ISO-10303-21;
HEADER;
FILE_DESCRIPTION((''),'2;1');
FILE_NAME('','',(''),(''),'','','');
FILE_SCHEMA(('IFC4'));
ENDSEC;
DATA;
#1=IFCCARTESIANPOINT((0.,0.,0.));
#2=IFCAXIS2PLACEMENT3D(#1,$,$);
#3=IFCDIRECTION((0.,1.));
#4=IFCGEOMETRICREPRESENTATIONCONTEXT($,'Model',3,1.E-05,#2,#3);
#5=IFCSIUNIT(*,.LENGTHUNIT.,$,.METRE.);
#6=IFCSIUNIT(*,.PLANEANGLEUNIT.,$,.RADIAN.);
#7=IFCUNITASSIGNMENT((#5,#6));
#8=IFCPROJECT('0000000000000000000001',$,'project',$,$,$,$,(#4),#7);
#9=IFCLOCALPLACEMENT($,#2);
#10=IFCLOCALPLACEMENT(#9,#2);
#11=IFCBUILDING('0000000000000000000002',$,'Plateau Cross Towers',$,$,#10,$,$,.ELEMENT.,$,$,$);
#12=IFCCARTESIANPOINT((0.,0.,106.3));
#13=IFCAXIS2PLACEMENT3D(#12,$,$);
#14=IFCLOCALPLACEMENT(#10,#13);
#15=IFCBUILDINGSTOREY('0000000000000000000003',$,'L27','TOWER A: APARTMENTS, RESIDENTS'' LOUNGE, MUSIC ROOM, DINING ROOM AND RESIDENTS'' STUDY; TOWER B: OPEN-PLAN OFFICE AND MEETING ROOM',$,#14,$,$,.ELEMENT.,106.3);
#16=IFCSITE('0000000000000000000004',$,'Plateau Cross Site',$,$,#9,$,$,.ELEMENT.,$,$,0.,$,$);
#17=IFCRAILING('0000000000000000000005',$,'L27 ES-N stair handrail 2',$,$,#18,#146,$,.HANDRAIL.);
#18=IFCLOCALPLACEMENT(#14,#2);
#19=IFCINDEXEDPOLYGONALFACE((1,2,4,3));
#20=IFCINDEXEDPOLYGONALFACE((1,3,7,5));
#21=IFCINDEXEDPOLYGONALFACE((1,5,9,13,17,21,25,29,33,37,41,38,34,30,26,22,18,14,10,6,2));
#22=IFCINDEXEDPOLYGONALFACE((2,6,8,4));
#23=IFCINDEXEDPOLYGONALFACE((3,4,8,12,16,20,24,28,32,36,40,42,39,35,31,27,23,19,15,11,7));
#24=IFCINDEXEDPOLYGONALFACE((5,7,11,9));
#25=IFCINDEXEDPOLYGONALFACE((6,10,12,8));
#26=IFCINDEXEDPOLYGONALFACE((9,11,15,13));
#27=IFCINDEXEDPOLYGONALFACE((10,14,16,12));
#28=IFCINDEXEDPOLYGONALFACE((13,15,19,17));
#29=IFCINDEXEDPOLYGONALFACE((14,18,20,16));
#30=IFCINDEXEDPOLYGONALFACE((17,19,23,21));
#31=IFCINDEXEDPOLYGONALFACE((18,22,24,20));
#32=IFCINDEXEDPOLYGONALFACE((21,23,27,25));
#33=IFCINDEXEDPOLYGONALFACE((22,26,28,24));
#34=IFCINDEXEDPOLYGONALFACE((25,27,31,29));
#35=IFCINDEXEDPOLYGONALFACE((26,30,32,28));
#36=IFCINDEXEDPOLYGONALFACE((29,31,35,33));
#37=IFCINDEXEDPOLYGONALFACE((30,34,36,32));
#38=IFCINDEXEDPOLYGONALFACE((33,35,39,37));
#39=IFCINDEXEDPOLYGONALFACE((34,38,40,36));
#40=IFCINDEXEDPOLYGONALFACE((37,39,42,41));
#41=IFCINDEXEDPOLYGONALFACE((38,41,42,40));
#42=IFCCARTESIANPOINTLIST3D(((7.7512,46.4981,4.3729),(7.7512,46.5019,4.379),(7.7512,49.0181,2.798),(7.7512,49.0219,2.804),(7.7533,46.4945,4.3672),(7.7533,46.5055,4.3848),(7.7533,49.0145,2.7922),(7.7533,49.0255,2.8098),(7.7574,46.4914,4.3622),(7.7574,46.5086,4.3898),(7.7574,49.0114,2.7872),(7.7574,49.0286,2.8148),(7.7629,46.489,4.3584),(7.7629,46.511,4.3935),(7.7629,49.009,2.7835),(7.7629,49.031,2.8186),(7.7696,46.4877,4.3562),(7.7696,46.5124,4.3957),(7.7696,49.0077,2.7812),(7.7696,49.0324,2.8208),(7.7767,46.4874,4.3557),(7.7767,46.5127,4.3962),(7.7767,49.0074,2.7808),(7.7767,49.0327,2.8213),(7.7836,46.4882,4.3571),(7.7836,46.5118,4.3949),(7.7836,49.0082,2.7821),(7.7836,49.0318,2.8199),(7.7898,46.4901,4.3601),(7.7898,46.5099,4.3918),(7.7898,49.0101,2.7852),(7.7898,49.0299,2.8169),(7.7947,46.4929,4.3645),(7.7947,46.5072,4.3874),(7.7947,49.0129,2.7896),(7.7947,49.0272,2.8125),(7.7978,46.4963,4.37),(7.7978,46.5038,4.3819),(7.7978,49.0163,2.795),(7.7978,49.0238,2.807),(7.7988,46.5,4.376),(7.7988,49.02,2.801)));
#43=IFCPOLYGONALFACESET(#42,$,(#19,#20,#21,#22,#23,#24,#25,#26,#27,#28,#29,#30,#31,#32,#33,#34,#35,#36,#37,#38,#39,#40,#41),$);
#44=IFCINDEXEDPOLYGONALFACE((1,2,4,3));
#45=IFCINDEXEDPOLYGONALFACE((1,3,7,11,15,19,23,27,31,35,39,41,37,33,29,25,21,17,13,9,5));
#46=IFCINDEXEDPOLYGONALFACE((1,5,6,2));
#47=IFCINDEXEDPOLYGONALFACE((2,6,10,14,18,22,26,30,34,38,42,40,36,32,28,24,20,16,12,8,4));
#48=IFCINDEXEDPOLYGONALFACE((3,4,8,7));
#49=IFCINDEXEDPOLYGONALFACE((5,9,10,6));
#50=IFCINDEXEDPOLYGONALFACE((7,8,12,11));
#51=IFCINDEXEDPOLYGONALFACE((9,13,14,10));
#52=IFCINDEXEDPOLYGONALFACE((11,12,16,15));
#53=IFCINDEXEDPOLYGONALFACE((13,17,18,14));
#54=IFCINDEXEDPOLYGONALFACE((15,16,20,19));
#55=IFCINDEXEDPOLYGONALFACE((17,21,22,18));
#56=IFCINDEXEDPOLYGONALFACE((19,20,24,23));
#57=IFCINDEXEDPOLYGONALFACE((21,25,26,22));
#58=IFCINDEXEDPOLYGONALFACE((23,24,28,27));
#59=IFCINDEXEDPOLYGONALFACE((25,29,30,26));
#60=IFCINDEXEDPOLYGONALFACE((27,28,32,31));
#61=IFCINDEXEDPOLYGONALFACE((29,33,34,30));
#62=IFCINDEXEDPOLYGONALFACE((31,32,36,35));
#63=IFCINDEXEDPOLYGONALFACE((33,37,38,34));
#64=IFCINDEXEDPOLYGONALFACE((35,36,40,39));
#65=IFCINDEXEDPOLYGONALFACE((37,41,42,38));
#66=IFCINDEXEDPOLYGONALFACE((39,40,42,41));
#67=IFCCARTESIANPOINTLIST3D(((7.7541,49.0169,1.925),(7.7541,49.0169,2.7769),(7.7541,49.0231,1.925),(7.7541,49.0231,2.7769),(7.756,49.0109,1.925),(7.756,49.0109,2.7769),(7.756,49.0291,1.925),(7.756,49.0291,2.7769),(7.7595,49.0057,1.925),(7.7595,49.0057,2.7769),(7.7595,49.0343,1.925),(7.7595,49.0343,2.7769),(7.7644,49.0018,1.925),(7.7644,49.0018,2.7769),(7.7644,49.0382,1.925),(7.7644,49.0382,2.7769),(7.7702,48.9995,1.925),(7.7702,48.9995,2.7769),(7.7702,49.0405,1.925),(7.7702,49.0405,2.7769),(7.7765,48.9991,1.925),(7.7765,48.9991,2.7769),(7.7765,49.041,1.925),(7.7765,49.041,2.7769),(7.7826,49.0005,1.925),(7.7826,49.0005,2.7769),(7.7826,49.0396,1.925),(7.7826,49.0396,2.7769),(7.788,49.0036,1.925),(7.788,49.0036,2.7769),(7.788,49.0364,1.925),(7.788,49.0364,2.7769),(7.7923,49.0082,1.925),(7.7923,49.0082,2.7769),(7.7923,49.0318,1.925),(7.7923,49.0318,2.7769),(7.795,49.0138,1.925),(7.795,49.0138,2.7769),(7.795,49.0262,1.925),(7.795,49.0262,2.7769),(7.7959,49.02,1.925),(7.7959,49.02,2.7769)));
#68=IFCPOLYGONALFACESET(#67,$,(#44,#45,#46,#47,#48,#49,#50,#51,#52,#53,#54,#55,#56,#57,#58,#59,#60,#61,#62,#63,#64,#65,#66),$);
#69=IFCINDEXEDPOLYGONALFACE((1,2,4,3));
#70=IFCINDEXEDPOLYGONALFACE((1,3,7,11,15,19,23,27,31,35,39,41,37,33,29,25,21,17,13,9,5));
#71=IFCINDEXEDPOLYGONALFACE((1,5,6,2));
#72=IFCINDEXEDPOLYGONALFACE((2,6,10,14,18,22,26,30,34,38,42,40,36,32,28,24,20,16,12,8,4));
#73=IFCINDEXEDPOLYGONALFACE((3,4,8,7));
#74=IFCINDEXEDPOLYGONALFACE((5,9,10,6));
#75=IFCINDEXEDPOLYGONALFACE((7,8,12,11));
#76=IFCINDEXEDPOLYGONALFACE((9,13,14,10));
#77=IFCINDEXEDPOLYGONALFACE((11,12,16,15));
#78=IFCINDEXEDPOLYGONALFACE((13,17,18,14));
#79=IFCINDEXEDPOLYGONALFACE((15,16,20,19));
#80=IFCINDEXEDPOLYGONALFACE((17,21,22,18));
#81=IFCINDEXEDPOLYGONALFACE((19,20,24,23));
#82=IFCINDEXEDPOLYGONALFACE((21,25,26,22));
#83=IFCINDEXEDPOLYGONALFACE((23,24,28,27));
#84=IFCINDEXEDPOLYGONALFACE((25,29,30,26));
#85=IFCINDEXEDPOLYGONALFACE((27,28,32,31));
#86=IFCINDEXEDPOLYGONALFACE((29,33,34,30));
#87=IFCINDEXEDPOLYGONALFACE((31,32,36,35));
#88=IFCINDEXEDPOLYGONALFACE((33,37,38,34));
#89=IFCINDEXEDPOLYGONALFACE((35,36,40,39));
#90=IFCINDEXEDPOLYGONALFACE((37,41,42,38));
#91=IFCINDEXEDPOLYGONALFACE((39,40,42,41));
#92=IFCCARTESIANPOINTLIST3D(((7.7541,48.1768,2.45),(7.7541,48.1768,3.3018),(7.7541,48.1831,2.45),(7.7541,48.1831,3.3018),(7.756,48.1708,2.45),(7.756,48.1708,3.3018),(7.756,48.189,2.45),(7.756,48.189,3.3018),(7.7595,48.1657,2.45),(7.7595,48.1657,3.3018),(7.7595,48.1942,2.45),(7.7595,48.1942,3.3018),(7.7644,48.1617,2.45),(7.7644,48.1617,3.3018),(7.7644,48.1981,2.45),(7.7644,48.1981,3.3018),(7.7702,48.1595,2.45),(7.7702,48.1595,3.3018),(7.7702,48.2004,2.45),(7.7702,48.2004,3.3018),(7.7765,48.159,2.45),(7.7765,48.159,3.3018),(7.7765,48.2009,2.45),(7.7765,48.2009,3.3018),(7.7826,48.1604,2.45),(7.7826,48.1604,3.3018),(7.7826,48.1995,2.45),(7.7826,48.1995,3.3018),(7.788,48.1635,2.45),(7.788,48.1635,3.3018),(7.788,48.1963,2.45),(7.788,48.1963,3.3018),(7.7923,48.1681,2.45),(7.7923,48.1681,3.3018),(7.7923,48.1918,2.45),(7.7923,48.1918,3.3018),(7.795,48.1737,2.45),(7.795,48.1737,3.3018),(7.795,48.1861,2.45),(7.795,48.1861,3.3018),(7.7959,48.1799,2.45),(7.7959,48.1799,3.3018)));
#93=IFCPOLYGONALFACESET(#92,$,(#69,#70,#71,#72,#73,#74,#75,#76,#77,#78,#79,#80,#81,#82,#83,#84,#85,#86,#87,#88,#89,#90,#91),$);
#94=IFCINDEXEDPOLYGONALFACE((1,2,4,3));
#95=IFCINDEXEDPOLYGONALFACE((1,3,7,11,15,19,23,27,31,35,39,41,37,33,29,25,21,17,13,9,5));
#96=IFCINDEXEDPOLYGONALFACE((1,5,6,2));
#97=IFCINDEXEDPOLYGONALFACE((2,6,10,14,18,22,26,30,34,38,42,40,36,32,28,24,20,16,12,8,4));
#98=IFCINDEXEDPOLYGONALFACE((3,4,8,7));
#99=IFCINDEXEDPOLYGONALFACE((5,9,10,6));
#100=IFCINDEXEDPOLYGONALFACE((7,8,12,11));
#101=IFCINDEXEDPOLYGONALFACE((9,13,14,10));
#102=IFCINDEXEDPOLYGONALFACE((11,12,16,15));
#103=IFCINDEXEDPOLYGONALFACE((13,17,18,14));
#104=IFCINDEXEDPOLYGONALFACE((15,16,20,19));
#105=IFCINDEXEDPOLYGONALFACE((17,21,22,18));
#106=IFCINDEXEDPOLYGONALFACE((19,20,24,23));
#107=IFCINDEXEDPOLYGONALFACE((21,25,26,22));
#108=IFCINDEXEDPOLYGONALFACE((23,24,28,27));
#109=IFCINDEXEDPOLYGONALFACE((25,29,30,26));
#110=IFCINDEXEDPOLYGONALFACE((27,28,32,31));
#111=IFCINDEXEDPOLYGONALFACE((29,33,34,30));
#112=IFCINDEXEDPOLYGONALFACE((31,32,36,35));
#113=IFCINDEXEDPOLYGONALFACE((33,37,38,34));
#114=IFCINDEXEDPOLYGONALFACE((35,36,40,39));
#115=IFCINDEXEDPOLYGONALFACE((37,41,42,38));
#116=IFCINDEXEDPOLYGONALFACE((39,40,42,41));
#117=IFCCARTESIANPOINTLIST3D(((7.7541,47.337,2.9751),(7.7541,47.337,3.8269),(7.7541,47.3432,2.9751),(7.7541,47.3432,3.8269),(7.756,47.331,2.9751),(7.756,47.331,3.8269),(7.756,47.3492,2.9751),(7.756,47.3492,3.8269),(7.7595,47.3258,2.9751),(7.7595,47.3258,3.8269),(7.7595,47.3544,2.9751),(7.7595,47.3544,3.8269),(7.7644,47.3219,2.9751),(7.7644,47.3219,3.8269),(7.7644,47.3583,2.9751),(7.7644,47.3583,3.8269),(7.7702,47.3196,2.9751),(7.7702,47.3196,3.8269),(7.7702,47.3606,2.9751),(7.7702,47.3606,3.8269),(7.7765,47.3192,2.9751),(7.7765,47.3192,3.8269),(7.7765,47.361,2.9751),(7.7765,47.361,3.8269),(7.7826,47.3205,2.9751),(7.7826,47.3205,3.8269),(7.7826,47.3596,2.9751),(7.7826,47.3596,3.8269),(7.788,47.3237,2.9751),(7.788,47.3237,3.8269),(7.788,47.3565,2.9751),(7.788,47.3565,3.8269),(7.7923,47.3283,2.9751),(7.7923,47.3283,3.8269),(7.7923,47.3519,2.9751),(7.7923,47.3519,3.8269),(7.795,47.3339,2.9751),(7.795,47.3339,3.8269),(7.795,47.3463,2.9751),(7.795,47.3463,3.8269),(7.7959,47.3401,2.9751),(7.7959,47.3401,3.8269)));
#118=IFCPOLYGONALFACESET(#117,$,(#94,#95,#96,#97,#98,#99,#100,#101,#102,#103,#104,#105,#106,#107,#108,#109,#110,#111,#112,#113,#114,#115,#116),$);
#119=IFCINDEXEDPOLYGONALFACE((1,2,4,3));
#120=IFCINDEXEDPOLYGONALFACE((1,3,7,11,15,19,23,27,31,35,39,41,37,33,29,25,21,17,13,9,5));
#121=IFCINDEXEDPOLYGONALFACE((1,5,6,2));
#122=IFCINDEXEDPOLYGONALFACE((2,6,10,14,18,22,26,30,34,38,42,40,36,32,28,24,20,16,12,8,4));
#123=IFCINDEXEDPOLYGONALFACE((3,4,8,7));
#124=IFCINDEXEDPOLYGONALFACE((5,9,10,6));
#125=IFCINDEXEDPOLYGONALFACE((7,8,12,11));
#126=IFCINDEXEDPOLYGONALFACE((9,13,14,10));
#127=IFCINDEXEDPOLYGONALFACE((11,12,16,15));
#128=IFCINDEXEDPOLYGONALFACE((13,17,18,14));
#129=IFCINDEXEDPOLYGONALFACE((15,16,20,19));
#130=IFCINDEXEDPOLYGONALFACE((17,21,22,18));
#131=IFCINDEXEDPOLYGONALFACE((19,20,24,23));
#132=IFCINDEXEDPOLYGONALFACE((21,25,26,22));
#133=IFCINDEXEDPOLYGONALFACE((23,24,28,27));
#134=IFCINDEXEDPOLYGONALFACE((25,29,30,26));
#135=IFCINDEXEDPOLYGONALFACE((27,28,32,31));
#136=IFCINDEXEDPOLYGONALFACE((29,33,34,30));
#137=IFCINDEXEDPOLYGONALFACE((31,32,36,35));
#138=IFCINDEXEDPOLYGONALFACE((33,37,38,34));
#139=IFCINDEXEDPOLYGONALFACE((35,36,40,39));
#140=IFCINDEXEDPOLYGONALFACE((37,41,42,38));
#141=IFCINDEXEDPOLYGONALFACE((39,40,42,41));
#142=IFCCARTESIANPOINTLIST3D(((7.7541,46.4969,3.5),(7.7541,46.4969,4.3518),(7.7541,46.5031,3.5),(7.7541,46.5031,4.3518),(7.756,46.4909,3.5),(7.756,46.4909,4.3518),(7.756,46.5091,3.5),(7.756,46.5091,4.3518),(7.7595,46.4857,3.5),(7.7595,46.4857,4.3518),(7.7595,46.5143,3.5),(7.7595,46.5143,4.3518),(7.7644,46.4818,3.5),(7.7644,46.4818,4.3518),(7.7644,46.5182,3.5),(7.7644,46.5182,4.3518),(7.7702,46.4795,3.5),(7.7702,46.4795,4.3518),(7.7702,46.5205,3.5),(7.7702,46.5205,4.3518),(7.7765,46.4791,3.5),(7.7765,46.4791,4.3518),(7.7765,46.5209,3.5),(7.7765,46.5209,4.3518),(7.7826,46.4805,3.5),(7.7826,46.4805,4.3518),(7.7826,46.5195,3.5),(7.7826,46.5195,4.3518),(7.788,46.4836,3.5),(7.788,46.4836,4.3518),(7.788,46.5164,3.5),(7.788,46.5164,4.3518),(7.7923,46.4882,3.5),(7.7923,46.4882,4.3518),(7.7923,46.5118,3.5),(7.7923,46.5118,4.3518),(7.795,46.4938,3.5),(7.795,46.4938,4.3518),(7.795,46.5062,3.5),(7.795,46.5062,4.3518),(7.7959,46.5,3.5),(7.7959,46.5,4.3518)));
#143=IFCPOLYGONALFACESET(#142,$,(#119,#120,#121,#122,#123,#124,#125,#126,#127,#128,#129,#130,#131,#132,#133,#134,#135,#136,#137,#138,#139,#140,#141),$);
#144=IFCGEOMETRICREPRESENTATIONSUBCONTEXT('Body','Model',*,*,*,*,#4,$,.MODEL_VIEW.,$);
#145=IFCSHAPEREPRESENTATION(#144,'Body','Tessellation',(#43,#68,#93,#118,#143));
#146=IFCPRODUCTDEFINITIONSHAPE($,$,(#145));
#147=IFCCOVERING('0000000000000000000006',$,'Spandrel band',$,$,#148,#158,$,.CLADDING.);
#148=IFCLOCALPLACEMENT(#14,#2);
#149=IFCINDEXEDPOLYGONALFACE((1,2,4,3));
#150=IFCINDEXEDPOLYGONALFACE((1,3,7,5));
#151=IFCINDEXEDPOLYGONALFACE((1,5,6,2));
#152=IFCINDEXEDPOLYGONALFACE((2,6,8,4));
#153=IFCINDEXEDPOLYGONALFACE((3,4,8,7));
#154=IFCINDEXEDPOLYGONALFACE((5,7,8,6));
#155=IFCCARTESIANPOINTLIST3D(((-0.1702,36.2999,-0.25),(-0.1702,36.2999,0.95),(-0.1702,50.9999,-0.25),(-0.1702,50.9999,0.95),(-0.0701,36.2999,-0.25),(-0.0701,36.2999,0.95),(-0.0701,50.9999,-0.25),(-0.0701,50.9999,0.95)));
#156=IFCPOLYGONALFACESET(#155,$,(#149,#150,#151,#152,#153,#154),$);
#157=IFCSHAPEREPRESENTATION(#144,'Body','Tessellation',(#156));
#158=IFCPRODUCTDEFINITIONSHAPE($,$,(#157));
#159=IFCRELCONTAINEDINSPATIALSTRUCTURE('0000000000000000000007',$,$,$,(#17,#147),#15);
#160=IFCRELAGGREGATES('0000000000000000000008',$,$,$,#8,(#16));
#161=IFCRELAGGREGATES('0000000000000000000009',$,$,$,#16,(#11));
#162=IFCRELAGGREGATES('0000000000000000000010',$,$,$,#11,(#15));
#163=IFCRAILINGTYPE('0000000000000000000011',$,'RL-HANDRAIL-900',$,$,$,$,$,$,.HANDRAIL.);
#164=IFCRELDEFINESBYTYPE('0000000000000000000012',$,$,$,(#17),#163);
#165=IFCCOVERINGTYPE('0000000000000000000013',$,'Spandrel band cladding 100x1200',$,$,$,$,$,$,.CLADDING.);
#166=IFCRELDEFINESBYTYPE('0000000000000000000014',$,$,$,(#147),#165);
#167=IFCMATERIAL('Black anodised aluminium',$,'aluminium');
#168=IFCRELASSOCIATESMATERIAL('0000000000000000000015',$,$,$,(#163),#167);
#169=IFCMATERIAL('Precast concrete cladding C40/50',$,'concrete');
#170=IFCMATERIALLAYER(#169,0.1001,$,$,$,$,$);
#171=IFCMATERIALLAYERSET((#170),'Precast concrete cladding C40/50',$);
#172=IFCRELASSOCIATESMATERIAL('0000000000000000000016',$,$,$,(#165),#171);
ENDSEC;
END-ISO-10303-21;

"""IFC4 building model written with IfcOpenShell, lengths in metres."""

from ifc_helpers import new_model, si_unit, direction, frame, origin, origin_2d, place, context, subcontext, project, spatial, rectangle, circle, extrude, material, layer, layer_set, type_object, element, save


model = new_model("IFC4")

# Units and contexts
model_context = context("Model", 3, precision=1e-05, world=origin(), true_north=direction((0.0, 1.0)))
body_context = subcontext(model_context, "Body", "Model", "MODEL_VIEW")
ifc_project = project(units=[si_unit("LENGTHUNIT", "METRE"), si_unit("PLANEANGLEUNIT", "RADIAN")], contexts=[model_context])

# Site, building, storey
site_placement = place(None, origin())
site = spatial("IfcSite", under=ifc_project, at=site_placement, Name="Plateau Cross Site", CompositionType="ELEMENT", RefElevation=0.0)
building_placement = place(site_placement, origin())
building = spatial("IfcBuilding", under=site, at=building_placement, Name="Plateau Cross Towers", CompositionType="ELEMENT")
storey_placement = place(building_placement, frame((0.0, 0.0, 106.3)))
storey = spatial("IfcBuildingStorey", under=building, at=storey_placement, Name="L27", Description="TOWER A: APARTMENTS, RESIDENTS' LOUNGE, MUSIC ROOM, DINING ROOM AND RESIDENTS' STUDY; TOWER B: OPEN-PLAN OFFICE AND MEETING ROOM", CompositionType="ELEMENT", Elevation=106.3)

# Shared definitions
ifc_material_1 = material(Name="Black anodised aluminium", Category="aluminium")

# Railing
railing_type_1 = type_object("IfcRailingType", Name="RL-HANDRAIL-900", PredefinedType="HANDRAIL", material=ifc_material_1)
railing_1_placement = place(storey_placement, frame((7.7749, 49.02, 1.925)))
element("IfcRailing", 1, at=railing_1_placement, inside=storey, type_object=railing_type_1, Name="L27 ES-N stair handrail 2", PredefinedType="HANDRAIL", context=body_context, shape_type="SweptSolid", body=[
    extrude(circle(Radius=0.0239, at=origin_2d()), frame((0.0, 0.0, 0.876), z_axis=(0.0, -0.848008, 0.529984), x_axis=(1.0, 0.0, 0.0)), (0.0, 0.0, 1.0), 2.9717),
    extrude(circle(Radius=0.021, at=origin_2d()), origin(), (0.0, 0.0, 1.0), 0.8518),
    extrude(circle(Radius=0.021, at=origin_2d()), frame((0.0, -0.8401, 0.5249)), (0.0, 0.0, 1.0), 0.8518),
    extrude(circle(Radius=0.021, at=origin_2d()), frame((0.0, -1.6799, 1.05)), (0.0, 0.0, 1.0), 0.8518),
    extrude(circle(Radius=0.021, at=origin_2d()), frame((0.0, -2.52, 1.575)), (0.0, 0.0, 1.0), 0.8518),
])

# Covering
ifc_material_2 = material(Name="Precast concrete cladding C40/50", Category="concrete")
ifc_layer_1 = layer(ifc_material_2, 0.1001)
ifc_layer_set_1 = layer_set([ifc_layer_1], Name="Precast concrete cladding C40/50")
covering_type = type_object("IfcCoveringType", Name="Spandrel band cladding 100x1200", PredefinedType="CLADDING", material=ifc_layer_set_1)
covering_placement = place(storey_placement, frame((-0.1201, 43.6499, -0.25), z_axis=(0.0, 0.0, 1.0), x_axis=(0.0, -1.0, 0.0)))
element("IfcCovering", 2, at=covering_placement, inside=storey, type_object=covering_type, Name="Spandrel band", PredefinedType="CLADDING", context=body_context, shape_type="SweptSolid", body=[
    extrude(rectangle(XDim=14.7, YDim=0.1001, at=origin_2d()), origin(), (0.0, 0.0, 1.0), 1.2),
])

save(model, "model.ifc")
